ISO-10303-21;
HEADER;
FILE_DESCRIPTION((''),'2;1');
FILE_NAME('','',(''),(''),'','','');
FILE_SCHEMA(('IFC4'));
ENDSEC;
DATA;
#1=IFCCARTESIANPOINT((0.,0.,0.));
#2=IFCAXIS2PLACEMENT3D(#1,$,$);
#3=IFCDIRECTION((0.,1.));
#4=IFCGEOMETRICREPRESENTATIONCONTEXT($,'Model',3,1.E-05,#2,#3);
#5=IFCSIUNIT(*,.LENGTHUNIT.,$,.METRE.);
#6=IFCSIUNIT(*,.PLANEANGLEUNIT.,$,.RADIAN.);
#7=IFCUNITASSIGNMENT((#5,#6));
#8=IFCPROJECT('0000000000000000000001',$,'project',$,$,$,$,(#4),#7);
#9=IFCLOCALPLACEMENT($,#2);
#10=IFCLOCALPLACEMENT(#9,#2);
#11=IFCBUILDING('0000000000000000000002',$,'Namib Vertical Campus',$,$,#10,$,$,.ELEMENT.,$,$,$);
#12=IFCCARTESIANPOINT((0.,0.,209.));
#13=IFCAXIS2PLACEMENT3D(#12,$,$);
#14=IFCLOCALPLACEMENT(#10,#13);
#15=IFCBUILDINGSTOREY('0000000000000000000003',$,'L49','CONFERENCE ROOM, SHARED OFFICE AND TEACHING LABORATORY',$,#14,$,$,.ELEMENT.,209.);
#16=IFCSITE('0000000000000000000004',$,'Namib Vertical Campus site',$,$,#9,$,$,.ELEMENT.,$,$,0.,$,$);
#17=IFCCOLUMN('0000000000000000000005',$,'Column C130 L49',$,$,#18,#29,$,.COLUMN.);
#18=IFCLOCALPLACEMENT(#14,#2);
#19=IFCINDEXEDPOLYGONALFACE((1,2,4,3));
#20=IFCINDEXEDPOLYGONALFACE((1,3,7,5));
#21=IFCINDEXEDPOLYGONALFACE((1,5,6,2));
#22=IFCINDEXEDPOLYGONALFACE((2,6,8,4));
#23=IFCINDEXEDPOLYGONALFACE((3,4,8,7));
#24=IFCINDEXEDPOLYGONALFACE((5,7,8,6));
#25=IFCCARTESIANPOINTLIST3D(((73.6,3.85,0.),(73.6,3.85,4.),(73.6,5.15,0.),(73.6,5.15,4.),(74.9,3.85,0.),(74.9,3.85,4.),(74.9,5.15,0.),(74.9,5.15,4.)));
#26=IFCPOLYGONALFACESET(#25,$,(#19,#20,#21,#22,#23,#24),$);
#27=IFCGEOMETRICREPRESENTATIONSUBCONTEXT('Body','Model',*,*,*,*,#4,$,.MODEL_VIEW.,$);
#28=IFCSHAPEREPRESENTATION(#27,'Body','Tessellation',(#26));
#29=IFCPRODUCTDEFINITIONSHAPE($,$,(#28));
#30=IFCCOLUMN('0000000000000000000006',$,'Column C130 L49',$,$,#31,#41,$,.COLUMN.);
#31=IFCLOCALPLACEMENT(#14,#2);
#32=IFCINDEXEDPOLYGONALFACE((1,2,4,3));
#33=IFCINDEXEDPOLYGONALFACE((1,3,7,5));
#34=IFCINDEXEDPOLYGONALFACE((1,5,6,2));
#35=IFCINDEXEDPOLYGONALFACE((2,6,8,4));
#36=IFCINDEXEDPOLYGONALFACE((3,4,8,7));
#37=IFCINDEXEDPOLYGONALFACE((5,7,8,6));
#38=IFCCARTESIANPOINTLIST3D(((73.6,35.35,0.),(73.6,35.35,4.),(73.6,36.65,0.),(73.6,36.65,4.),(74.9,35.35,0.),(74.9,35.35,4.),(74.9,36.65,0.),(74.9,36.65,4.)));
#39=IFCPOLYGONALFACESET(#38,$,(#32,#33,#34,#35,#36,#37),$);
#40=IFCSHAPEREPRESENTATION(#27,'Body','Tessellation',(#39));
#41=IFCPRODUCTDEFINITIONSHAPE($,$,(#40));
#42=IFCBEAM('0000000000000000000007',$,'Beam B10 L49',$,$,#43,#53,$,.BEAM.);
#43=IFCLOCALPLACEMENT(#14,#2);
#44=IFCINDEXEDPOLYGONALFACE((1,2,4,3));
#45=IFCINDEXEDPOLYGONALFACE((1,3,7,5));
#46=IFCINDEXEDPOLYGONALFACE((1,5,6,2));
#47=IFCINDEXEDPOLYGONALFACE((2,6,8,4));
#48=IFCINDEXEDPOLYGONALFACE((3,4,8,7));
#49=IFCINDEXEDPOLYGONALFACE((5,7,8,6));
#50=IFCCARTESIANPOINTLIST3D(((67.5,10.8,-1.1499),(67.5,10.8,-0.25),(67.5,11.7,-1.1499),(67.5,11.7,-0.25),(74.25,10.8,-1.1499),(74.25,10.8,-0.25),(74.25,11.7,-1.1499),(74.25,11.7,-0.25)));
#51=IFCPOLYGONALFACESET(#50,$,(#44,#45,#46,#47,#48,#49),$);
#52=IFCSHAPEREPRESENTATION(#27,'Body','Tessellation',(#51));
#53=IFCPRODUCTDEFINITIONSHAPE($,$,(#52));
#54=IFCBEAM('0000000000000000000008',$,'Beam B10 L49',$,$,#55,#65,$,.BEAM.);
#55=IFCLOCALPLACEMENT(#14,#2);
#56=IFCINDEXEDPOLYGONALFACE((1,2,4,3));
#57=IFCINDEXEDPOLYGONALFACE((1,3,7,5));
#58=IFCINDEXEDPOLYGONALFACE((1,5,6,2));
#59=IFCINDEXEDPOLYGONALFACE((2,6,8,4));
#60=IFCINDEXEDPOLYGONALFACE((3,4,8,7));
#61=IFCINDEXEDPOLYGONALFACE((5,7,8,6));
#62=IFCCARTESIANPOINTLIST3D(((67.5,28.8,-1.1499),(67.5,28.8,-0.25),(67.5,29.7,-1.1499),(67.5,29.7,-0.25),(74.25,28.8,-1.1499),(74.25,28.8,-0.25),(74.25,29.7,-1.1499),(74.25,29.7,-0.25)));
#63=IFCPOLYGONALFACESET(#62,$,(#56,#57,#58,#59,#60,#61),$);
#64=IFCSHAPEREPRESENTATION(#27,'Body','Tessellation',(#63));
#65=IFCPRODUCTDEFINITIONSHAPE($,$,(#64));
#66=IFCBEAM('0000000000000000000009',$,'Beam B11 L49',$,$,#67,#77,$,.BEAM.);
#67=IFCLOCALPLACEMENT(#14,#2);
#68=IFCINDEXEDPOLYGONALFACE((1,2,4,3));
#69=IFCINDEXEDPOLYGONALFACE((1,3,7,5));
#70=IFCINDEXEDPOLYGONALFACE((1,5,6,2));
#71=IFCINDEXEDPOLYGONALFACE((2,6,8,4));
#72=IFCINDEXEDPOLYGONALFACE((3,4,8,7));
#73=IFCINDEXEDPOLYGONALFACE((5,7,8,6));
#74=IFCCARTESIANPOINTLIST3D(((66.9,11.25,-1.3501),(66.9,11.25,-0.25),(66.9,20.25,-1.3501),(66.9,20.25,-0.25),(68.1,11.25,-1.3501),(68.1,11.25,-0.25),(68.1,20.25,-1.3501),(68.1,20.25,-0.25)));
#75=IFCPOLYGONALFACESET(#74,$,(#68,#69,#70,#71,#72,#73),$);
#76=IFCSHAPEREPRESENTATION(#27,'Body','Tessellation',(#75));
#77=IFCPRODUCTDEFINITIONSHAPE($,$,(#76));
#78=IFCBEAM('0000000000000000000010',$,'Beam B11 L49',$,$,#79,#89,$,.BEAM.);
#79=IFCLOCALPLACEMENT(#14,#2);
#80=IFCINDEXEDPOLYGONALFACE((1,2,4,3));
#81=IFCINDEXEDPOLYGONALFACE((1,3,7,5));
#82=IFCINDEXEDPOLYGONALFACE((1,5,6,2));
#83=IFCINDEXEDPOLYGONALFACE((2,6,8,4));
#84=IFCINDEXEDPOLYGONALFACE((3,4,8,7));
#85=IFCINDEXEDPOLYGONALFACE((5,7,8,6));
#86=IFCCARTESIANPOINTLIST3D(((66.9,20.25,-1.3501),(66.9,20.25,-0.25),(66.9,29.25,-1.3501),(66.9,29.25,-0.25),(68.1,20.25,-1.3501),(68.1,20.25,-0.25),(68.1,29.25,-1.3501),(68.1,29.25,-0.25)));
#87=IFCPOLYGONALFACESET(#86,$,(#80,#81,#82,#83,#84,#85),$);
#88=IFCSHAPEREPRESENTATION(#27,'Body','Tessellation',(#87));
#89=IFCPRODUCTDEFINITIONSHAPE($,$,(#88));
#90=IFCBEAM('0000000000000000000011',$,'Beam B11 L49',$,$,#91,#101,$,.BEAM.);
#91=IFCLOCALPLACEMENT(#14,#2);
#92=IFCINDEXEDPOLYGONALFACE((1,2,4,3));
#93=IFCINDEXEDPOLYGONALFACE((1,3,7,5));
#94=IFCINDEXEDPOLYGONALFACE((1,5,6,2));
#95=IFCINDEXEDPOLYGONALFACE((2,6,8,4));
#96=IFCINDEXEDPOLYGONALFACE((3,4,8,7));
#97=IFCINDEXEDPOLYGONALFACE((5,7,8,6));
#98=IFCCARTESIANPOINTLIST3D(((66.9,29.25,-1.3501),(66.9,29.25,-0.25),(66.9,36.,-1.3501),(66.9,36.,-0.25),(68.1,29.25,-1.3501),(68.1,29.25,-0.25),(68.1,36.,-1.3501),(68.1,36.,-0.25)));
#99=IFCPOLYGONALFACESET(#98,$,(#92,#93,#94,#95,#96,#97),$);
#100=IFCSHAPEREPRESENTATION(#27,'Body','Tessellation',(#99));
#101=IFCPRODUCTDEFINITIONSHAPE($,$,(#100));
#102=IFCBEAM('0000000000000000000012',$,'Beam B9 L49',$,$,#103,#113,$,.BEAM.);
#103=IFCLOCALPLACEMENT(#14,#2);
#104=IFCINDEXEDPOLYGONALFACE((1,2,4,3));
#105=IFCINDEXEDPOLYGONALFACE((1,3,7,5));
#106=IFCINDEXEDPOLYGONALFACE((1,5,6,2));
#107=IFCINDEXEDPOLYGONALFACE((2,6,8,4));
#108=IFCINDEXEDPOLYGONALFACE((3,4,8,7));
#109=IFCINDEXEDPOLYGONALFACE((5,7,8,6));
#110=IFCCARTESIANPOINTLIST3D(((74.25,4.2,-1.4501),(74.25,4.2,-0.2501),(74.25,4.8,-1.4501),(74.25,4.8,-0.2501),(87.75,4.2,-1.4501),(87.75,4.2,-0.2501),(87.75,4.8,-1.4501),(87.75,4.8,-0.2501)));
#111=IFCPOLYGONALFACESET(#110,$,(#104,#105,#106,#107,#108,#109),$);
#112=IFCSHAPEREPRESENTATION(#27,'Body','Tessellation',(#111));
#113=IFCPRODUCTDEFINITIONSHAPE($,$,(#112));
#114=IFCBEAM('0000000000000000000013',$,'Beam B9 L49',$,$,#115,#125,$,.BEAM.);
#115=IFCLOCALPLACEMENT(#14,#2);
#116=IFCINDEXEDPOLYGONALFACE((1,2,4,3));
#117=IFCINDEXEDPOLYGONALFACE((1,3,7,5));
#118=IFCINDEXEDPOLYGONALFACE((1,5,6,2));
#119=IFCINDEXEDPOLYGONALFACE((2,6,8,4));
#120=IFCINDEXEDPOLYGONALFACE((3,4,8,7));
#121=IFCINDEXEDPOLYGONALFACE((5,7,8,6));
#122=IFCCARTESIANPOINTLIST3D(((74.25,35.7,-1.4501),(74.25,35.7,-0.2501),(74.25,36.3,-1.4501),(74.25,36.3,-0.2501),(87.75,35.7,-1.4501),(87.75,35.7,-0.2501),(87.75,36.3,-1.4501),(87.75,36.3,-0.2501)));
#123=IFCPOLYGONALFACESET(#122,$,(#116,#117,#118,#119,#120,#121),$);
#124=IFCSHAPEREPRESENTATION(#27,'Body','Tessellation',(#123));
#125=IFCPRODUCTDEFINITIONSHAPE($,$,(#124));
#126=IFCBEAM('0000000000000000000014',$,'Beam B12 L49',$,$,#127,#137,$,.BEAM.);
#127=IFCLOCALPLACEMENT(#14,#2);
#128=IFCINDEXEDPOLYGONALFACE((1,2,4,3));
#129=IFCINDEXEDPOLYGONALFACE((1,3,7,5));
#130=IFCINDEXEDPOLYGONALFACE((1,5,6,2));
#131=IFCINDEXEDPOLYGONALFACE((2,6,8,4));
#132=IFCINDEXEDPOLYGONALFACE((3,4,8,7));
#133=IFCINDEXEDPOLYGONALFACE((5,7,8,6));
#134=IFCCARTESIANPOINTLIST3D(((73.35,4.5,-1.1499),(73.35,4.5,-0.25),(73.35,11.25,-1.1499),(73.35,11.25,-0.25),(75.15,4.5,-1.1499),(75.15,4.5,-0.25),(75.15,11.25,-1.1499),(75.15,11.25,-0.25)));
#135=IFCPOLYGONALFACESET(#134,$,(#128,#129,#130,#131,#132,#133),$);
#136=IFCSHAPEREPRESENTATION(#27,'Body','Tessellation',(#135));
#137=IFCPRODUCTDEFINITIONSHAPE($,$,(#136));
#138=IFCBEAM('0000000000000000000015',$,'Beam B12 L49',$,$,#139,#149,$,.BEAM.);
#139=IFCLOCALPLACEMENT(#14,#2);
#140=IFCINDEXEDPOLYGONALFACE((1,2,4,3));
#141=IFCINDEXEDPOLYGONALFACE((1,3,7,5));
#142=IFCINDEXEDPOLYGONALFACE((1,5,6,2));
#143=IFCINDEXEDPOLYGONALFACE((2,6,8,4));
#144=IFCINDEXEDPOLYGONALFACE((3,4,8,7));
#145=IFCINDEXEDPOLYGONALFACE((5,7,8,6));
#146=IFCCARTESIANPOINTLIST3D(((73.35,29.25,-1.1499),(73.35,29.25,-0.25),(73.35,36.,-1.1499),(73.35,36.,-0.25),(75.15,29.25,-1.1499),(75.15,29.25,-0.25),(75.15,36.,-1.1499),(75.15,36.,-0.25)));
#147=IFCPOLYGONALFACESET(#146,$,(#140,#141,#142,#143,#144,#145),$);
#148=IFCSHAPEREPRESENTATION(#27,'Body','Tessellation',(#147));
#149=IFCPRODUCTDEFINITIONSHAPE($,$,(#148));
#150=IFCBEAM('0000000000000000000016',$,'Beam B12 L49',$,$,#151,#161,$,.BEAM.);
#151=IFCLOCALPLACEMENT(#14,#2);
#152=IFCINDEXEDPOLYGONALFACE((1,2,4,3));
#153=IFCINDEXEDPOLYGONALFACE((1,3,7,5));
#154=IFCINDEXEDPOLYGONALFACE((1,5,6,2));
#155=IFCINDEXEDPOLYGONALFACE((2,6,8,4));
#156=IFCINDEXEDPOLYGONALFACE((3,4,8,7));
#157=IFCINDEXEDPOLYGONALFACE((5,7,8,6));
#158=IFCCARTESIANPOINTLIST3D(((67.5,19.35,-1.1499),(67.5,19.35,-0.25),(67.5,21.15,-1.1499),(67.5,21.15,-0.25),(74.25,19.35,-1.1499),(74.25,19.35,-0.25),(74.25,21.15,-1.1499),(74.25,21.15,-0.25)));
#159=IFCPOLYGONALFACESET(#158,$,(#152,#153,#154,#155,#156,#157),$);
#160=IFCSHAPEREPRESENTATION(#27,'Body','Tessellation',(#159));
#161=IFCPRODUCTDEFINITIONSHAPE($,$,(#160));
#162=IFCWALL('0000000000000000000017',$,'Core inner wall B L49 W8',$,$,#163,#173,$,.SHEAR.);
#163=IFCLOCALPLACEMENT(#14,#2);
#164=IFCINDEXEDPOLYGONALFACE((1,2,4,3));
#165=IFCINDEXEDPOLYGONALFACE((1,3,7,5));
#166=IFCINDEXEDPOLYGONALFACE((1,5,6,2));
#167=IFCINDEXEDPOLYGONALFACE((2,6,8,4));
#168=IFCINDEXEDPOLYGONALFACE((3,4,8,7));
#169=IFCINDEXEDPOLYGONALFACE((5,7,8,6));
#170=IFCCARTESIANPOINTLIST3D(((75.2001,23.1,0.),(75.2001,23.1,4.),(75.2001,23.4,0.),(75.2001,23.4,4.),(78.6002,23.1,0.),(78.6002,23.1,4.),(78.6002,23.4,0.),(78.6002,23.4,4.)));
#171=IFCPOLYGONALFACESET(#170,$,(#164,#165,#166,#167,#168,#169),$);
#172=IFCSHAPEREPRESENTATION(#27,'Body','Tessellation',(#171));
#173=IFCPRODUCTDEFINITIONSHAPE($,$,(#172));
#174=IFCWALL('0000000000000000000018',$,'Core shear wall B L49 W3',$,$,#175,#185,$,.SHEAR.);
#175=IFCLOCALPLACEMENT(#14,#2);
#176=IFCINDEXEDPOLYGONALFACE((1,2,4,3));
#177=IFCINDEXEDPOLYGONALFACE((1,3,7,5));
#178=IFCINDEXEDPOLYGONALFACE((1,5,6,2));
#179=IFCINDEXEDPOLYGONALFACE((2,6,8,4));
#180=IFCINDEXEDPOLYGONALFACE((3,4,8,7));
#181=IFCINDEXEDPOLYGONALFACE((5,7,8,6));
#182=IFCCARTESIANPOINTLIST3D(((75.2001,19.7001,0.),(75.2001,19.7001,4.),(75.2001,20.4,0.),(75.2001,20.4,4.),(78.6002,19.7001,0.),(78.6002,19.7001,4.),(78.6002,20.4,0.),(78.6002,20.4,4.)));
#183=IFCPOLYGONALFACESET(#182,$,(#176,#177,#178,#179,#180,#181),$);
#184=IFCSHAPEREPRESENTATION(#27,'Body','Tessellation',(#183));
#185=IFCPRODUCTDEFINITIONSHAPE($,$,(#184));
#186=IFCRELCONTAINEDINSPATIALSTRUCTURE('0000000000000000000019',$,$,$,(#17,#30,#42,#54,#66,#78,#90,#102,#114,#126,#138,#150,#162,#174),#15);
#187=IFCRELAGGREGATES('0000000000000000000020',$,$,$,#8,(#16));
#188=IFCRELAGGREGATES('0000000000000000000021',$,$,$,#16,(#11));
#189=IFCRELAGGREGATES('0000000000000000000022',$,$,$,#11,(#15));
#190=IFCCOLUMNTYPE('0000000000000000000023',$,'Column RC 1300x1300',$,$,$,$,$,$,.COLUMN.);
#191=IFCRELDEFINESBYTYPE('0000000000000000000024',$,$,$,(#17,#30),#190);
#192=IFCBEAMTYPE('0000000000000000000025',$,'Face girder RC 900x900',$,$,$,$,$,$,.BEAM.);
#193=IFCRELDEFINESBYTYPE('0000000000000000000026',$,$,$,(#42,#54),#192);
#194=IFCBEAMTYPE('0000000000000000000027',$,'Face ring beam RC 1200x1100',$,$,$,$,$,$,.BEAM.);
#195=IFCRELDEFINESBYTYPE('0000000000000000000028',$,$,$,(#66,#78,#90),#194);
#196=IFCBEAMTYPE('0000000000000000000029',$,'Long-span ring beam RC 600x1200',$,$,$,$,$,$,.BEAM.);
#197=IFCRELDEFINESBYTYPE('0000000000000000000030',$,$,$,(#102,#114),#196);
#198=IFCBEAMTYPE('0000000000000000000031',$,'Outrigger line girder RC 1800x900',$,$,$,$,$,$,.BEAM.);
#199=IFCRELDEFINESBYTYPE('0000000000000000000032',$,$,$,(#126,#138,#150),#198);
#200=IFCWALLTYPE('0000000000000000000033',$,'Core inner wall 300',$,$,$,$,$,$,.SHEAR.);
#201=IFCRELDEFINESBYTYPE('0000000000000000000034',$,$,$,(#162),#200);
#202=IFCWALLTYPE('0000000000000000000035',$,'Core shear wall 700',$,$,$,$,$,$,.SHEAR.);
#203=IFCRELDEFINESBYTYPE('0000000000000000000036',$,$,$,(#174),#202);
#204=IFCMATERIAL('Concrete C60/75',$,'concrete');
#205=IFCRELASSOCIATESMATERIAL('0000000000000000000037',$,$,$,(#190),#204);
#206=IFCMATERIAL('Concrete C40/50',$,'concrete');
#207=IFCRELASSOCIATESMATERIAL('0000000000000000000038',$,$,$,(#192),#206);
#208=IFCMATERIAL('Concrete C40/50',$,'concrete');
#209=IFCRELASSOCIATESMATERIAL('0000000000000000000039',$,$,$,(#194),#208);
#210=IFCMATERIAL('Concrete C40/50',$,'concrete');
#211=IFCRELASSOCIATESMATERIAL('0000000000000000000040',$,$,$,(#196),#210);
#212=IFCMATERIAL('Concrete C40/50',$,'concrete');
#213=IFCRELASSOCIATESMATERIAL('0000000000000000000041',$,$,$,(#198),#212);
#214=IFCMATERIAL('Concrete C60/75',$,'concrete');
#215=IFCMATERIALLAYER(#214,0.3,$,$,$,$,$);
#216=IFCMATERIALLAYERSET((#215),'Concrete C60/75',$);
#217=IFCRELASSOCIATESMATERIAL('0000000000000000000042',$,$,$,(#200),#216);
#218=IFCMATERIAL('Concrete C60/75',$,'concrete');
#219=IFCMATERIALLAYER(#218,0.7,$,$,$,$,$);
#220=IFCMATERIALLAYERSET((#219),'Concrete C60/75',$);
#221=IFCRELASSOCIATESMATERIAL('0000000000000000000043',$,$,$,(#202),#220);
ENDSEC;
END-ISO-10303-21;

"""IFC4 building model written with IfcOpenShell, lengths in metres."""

from ifc_helpers import new_model, si_unit, direction, frame, frame_2d, origin, origin_2d, place, context, subcontext, project, spatial, rectangle, extrude, material, layer, layer_set, material_profile, profile_set, type_object, element, save


model = new_model("IFC4")

# Units and contexts
model_context = context("Model", 3, precision=1e-05, world=origin(), true_north=direction((0.0, 1.0)))
body_context = subcontext(model_context, "Body", "Model", "MODEL_VIEW")
ifc_project = project(units=[si_unit("LENGTHUNIT", "METRE"), si_unit("PLANEANGLEUNIT", "RADIAN")], contexts=[model_context])

# Site, building, storey
site_placement = place(None, origin())
site = spatial("IfcSite", under=ifc_project, at=site_placement, Name="Namib Vertical Campus site", CompositionType="ELEMENT", RefElevation=0.0)
building_placement = place(site_placement, origin())
building = spatial("IfcBuilding", under=site, at=building_placement, Name="Namib Vertical Campus", CompositionType="ELEMENT")
storey_placement = place(building_placement, frame((0.0, 0.0, 209.0)))
storey = spatial("IfcBuildingStorey", under=building, at=storey_placement, Name="L49", Description="CONFERENCE ROOM, SHARED OFFICE AND TEACHING LABORATORY", CompositionType="ELEMENT", Elevation=209.0)

# Columns
ifc_material_1 = material(Name="Concrete C60/75", Category="concrete")
ifc_material_profile_1 = material_profile(ifc_material_1, rectangle(XDim=1.3, YDim=1.3, at=origin_2d()))
ifc_profile_set_1 = profile_set([ifc_material_profile_1], Name="Concrete C60/75")
column_type = type_object("IfcColumnType", Name="Column RC 1300x1300", PredefinedType="COLUMN", material=ifc_profile_set_1)
for number, where, z_axis, x_axis, name in (
    (1, (74.25, 4.5, 0.0), (0.0, 0.0, 1.0), (1.0, 0.0, 0.0), "Column C130 L49"),
    (2, (74.25, 36.0, 0.0), (0.0, 0.0, 1.0), (1.0, 0.0, 0.0), "Column C130 L49"),
):
    element("IfcColumn", number, at=place(storey_placement, frame(where, z_axis=z_axis, x_axis=x_axis)), inside=storey, type_object=column_type, Name=name, PredefinedType="COLUMN", context=body_context, shape_type="SweptSolid", body=[
        extrude(rectangle(XDim=1.3, YDim=1.3, at=origin_2d()), origin(), (0.0, 0.0, 1.0), 4.0),
    ])

# Beams
ifc_material_2 = material(Name="Concrete C40/50", Category="concrete")
ifc_material_profile_2 = material_profile(ifc_material_2, rectangle(XDim=0.8999, YDim=0.8999, at=origin_2d()))
ifc_profile_set_2 = profile_set([ifc_material_profile_2], Name="Concrete C40/50")
beam_type_1 = type_object("IfcBeamType", Name="Face girder RC 900x900", PredefinedType="BEAM", material=ifc_profile_set_2)
for number, where, z_axis, x_axis, name in (
    (3, (67.5, 11.25, -0.7), (1.0, 0.0, 0.0), (0.0, 1.0, 0.0), "Beam B10 L49"),
    (4, (67.5, 29.25, -0.7), (1.0, 0.0, 0.0), (0.0, 1.0, 0.0), "Beam B10 L49"),
):
    element("IfcBeam", number, at=place(storey_placement, frame(where, z_axis=z_axis, x_axis=x_axis)), inside=storey, type_object=beam_type_1, Name=name, PredefinedType="BEAM", context=body_context, shape_type="SweptSolid", body=[
        extrude(rectangle(XDim=0.8999, YDim=0.8999, at=origin_2d()), origin(), (0.0, 0.0, 1.0), 6.75),
    ])
ifc_material_3 = material(Name="Concrete C40/50", Category="concrete")
ifc_material_profile_3 = material_profile(ifc_material_3, rectangle(XDim=1.2, YDim=1.1001, at=origin_2d()))
ifc_profile_set_3 = profile_set([ifc_material_profile_3], Name="Concrete C40/50")
beam_type_2 = type_object("IfcBeamType", Name="Face ring beam RC 1200x1100", PredefinedType="BEAM", material=ifc_profile_set_3)
for number, where, z_axis, x_axis, name in (
    (5, (67.5, 11.25, -0.8), (0.0, 1.0, 0.0), (-1.0, 0.0, 0.0), "Beam B11 L49"),
    (6, (67.5, 20.25, -0.8), (0.0, 1.0, 0.0), (-1.0, 0.0, 0.0), "Beam B11 L49"),
):
    element("IfcBeam", number, at=place(storey_placement, frame(where, z_axis=z_axis, x_axis=x_axis)), inside=storey, type_object=beam_type_2, Name=name, PredefinedType="BEAM", context=body_context, shape_type="SweptSolid", body=[
        extrude(rectangle(XDim=1.2, YDim=1.1001, at=origin_2d()), origin(), (0.0, 0.0, 1.0), 9.0),
    ])
beam_placement = place(storey_placement, frame((67.5, 29.25, -0.8), z_axis=(0.0, 1.0, 0.0), x_axis=(-1.0, 0.0, 0.0)))
element("IfcBeam", 7, at=beam_placement, inside=storey, type_object=beam_type_2, Name="Beam B11 L49", PredefinedType="BEAM", context=body_context, shape_type="SweptSolid", body=[
    extrude(rectangle(XDim=1.2, YDim=1.1001, at=origin_2d()), origin(), (0.0, 0.0, 1.0), 6.75),
])
ifc_material_4 = material(Name="Concrete C40/50", Category="concrete")
ifc_material_profile_4 = material_profile(ifc_material_4, rectangle(XDim=0.6001, YDim=1.2, at=origin_2d()))
ifc_profile_set_4 = profile_set([ifc_material_profile_4], Name="Concrete C40/50")
beam_type_3 = type_object("IfcBeamType", Name="Long-span ring beam RC 600x1200", PredefinedType="BEAM", material=ifc_profile_set_4)
for number, where, z_axis, x_axis, name in (
    (8, (74.25, 4.5, -0.8501), (1.0, 0.0, 0.0), (0.0, 1.0, 0.0), "Beam B9 L49"),
    (9, (74.25, 36.0, -0.8501), (1.0, 0.0, 0.0), (0.0, 1.0, 0.0), "Beam B9 L49"),
):
    element("IfcBeam", number, at=place(storey_placement, frame(where, z_axis=z_axis, x_axis=x_axis)), inside=storey, type_object=beam_type_3, Name=name, PredefinedType="BEAM", context=body_context, shape_type="SweptSolid", body=[
        extrude(rectangle(XDim=0.6001, YDim=1.2, at=origin_2d()), origin(), (0.0, 0.0, 1.0), 13.5),
    ])
ifc_material_5 = material(Name="Concrete C40/50", Category="concrete")
ifc_material_profile_5 = material_profile(ifc_material_5, rectangle(XDim=1.8, YDim=0.8999, at=origin_2d()))
ifc_profile_set_5 = profile_set([ifc_material_profile_5], Name="Concrete C40/50")
beam_type_4 = type_object("IfcBeamType", Name="Outrigger line girder RC 1800x900", PredefinedType="BEAM", material=ifc_profile_set_5)
for number, where, z_axis, x_axis, name in (
    (10, (74.25, 4.5, -0.7), (0.0, 1.0, 0.0), (-1.0, 0.0, 0.0), "Beam B12 L49"),
    (11, (74.25, 36.0, -0.7), (0.0, -1.0, 0.0), (1.0, 0.0, 0.0), "Beam B12 L49"),
    (12, (67.5, 20.25, -0.7), (1.0, 0.0, 0.0), (0.0, 1.0, 0.0), "Beam B12 L49"),
):
    element("IfcBeam", number, at=place(storey_placement, frame(where, z_axis=z_axis, x_axis=x_axis)), inside=storey, type_object=beam_type_4, Name=name, PredefinedType="BEAM", context=body_context, shape_type="SweptSolid", body=[
        extrude(rectangle(XDim=1.8, YDim=0.8999, at=origin_2d()), origin(), (0.0, 0.0, 1.0), 6.75),
    ])

# Walls
ifc_material_6 = material(Name="Concrete C60/75", Category="concrete")
ifc_layer_1 = layer(ifc_material_6, 0.3)
ifc_layer_set_1 = layer_set([ifc_layer_1], Name="Concrete C60/75")
wall_type_1 = type_object("IfcWallType", Name="Core inner wall 300", PredefinedType="SHEAR", material=ifc_layer_set_1)
wall_1_placement = place(storey_placement, frame((75.2, 23.25, 0.0), z_axis=(0.0, 0.0, 1.0), x_axis=(1.0, 0.0, 0.0)))
element("IfcWall", 13, at=wall_1_placement, inside=storey, type_object=wall_type_1, Name="Core inner wall B L49 W8", PredefinedType="SHEAR", context=body_context, shape_type="SweptSolid", body=[
    extrude(rectangle(XDim=3.4001, YDim=0.3, at=frame_2d((1.7002, 0.0))), origin(), (0.0, 0.0, 1.0), 4.0),
])
ifc_material_7 = material(Name="Concrete C60/75", Category="concrete")
ifc_layer_2 = layer(ifc_material_7, 0.7)
ifc_layer_set_2 = layer_set([ifc_layer_2], Name="Concrete C60/75")
wall_type_2 = type_object("IfcWallType", Name="Core shear wall 700", PredefinedType="SHEAR", material=ifc_layer_set_2)
wall_2_placement = place(storey_placement, frame((75.2, 20.05, 0.0), z_axis=(0.0, 0.0, 1.0), x_axis=(1.0, 0.0, 0.0)))
element("IfcWall", 14, at=wall_2_placement, inside=storey, type_object=wall_type_2, Name="Core shear wall B L49 W3", PredefinedType="SHEAR", context=body_context, shape_type="SweptSolid", body=[
    extrude(rectangle(XDim=3.4001, YDim=0.7, at=frame_2d((1.7002, 0.0))), origin(), (0.0, 0.0, 1.0), 4.0),
])

save(model, "model.ifc")
